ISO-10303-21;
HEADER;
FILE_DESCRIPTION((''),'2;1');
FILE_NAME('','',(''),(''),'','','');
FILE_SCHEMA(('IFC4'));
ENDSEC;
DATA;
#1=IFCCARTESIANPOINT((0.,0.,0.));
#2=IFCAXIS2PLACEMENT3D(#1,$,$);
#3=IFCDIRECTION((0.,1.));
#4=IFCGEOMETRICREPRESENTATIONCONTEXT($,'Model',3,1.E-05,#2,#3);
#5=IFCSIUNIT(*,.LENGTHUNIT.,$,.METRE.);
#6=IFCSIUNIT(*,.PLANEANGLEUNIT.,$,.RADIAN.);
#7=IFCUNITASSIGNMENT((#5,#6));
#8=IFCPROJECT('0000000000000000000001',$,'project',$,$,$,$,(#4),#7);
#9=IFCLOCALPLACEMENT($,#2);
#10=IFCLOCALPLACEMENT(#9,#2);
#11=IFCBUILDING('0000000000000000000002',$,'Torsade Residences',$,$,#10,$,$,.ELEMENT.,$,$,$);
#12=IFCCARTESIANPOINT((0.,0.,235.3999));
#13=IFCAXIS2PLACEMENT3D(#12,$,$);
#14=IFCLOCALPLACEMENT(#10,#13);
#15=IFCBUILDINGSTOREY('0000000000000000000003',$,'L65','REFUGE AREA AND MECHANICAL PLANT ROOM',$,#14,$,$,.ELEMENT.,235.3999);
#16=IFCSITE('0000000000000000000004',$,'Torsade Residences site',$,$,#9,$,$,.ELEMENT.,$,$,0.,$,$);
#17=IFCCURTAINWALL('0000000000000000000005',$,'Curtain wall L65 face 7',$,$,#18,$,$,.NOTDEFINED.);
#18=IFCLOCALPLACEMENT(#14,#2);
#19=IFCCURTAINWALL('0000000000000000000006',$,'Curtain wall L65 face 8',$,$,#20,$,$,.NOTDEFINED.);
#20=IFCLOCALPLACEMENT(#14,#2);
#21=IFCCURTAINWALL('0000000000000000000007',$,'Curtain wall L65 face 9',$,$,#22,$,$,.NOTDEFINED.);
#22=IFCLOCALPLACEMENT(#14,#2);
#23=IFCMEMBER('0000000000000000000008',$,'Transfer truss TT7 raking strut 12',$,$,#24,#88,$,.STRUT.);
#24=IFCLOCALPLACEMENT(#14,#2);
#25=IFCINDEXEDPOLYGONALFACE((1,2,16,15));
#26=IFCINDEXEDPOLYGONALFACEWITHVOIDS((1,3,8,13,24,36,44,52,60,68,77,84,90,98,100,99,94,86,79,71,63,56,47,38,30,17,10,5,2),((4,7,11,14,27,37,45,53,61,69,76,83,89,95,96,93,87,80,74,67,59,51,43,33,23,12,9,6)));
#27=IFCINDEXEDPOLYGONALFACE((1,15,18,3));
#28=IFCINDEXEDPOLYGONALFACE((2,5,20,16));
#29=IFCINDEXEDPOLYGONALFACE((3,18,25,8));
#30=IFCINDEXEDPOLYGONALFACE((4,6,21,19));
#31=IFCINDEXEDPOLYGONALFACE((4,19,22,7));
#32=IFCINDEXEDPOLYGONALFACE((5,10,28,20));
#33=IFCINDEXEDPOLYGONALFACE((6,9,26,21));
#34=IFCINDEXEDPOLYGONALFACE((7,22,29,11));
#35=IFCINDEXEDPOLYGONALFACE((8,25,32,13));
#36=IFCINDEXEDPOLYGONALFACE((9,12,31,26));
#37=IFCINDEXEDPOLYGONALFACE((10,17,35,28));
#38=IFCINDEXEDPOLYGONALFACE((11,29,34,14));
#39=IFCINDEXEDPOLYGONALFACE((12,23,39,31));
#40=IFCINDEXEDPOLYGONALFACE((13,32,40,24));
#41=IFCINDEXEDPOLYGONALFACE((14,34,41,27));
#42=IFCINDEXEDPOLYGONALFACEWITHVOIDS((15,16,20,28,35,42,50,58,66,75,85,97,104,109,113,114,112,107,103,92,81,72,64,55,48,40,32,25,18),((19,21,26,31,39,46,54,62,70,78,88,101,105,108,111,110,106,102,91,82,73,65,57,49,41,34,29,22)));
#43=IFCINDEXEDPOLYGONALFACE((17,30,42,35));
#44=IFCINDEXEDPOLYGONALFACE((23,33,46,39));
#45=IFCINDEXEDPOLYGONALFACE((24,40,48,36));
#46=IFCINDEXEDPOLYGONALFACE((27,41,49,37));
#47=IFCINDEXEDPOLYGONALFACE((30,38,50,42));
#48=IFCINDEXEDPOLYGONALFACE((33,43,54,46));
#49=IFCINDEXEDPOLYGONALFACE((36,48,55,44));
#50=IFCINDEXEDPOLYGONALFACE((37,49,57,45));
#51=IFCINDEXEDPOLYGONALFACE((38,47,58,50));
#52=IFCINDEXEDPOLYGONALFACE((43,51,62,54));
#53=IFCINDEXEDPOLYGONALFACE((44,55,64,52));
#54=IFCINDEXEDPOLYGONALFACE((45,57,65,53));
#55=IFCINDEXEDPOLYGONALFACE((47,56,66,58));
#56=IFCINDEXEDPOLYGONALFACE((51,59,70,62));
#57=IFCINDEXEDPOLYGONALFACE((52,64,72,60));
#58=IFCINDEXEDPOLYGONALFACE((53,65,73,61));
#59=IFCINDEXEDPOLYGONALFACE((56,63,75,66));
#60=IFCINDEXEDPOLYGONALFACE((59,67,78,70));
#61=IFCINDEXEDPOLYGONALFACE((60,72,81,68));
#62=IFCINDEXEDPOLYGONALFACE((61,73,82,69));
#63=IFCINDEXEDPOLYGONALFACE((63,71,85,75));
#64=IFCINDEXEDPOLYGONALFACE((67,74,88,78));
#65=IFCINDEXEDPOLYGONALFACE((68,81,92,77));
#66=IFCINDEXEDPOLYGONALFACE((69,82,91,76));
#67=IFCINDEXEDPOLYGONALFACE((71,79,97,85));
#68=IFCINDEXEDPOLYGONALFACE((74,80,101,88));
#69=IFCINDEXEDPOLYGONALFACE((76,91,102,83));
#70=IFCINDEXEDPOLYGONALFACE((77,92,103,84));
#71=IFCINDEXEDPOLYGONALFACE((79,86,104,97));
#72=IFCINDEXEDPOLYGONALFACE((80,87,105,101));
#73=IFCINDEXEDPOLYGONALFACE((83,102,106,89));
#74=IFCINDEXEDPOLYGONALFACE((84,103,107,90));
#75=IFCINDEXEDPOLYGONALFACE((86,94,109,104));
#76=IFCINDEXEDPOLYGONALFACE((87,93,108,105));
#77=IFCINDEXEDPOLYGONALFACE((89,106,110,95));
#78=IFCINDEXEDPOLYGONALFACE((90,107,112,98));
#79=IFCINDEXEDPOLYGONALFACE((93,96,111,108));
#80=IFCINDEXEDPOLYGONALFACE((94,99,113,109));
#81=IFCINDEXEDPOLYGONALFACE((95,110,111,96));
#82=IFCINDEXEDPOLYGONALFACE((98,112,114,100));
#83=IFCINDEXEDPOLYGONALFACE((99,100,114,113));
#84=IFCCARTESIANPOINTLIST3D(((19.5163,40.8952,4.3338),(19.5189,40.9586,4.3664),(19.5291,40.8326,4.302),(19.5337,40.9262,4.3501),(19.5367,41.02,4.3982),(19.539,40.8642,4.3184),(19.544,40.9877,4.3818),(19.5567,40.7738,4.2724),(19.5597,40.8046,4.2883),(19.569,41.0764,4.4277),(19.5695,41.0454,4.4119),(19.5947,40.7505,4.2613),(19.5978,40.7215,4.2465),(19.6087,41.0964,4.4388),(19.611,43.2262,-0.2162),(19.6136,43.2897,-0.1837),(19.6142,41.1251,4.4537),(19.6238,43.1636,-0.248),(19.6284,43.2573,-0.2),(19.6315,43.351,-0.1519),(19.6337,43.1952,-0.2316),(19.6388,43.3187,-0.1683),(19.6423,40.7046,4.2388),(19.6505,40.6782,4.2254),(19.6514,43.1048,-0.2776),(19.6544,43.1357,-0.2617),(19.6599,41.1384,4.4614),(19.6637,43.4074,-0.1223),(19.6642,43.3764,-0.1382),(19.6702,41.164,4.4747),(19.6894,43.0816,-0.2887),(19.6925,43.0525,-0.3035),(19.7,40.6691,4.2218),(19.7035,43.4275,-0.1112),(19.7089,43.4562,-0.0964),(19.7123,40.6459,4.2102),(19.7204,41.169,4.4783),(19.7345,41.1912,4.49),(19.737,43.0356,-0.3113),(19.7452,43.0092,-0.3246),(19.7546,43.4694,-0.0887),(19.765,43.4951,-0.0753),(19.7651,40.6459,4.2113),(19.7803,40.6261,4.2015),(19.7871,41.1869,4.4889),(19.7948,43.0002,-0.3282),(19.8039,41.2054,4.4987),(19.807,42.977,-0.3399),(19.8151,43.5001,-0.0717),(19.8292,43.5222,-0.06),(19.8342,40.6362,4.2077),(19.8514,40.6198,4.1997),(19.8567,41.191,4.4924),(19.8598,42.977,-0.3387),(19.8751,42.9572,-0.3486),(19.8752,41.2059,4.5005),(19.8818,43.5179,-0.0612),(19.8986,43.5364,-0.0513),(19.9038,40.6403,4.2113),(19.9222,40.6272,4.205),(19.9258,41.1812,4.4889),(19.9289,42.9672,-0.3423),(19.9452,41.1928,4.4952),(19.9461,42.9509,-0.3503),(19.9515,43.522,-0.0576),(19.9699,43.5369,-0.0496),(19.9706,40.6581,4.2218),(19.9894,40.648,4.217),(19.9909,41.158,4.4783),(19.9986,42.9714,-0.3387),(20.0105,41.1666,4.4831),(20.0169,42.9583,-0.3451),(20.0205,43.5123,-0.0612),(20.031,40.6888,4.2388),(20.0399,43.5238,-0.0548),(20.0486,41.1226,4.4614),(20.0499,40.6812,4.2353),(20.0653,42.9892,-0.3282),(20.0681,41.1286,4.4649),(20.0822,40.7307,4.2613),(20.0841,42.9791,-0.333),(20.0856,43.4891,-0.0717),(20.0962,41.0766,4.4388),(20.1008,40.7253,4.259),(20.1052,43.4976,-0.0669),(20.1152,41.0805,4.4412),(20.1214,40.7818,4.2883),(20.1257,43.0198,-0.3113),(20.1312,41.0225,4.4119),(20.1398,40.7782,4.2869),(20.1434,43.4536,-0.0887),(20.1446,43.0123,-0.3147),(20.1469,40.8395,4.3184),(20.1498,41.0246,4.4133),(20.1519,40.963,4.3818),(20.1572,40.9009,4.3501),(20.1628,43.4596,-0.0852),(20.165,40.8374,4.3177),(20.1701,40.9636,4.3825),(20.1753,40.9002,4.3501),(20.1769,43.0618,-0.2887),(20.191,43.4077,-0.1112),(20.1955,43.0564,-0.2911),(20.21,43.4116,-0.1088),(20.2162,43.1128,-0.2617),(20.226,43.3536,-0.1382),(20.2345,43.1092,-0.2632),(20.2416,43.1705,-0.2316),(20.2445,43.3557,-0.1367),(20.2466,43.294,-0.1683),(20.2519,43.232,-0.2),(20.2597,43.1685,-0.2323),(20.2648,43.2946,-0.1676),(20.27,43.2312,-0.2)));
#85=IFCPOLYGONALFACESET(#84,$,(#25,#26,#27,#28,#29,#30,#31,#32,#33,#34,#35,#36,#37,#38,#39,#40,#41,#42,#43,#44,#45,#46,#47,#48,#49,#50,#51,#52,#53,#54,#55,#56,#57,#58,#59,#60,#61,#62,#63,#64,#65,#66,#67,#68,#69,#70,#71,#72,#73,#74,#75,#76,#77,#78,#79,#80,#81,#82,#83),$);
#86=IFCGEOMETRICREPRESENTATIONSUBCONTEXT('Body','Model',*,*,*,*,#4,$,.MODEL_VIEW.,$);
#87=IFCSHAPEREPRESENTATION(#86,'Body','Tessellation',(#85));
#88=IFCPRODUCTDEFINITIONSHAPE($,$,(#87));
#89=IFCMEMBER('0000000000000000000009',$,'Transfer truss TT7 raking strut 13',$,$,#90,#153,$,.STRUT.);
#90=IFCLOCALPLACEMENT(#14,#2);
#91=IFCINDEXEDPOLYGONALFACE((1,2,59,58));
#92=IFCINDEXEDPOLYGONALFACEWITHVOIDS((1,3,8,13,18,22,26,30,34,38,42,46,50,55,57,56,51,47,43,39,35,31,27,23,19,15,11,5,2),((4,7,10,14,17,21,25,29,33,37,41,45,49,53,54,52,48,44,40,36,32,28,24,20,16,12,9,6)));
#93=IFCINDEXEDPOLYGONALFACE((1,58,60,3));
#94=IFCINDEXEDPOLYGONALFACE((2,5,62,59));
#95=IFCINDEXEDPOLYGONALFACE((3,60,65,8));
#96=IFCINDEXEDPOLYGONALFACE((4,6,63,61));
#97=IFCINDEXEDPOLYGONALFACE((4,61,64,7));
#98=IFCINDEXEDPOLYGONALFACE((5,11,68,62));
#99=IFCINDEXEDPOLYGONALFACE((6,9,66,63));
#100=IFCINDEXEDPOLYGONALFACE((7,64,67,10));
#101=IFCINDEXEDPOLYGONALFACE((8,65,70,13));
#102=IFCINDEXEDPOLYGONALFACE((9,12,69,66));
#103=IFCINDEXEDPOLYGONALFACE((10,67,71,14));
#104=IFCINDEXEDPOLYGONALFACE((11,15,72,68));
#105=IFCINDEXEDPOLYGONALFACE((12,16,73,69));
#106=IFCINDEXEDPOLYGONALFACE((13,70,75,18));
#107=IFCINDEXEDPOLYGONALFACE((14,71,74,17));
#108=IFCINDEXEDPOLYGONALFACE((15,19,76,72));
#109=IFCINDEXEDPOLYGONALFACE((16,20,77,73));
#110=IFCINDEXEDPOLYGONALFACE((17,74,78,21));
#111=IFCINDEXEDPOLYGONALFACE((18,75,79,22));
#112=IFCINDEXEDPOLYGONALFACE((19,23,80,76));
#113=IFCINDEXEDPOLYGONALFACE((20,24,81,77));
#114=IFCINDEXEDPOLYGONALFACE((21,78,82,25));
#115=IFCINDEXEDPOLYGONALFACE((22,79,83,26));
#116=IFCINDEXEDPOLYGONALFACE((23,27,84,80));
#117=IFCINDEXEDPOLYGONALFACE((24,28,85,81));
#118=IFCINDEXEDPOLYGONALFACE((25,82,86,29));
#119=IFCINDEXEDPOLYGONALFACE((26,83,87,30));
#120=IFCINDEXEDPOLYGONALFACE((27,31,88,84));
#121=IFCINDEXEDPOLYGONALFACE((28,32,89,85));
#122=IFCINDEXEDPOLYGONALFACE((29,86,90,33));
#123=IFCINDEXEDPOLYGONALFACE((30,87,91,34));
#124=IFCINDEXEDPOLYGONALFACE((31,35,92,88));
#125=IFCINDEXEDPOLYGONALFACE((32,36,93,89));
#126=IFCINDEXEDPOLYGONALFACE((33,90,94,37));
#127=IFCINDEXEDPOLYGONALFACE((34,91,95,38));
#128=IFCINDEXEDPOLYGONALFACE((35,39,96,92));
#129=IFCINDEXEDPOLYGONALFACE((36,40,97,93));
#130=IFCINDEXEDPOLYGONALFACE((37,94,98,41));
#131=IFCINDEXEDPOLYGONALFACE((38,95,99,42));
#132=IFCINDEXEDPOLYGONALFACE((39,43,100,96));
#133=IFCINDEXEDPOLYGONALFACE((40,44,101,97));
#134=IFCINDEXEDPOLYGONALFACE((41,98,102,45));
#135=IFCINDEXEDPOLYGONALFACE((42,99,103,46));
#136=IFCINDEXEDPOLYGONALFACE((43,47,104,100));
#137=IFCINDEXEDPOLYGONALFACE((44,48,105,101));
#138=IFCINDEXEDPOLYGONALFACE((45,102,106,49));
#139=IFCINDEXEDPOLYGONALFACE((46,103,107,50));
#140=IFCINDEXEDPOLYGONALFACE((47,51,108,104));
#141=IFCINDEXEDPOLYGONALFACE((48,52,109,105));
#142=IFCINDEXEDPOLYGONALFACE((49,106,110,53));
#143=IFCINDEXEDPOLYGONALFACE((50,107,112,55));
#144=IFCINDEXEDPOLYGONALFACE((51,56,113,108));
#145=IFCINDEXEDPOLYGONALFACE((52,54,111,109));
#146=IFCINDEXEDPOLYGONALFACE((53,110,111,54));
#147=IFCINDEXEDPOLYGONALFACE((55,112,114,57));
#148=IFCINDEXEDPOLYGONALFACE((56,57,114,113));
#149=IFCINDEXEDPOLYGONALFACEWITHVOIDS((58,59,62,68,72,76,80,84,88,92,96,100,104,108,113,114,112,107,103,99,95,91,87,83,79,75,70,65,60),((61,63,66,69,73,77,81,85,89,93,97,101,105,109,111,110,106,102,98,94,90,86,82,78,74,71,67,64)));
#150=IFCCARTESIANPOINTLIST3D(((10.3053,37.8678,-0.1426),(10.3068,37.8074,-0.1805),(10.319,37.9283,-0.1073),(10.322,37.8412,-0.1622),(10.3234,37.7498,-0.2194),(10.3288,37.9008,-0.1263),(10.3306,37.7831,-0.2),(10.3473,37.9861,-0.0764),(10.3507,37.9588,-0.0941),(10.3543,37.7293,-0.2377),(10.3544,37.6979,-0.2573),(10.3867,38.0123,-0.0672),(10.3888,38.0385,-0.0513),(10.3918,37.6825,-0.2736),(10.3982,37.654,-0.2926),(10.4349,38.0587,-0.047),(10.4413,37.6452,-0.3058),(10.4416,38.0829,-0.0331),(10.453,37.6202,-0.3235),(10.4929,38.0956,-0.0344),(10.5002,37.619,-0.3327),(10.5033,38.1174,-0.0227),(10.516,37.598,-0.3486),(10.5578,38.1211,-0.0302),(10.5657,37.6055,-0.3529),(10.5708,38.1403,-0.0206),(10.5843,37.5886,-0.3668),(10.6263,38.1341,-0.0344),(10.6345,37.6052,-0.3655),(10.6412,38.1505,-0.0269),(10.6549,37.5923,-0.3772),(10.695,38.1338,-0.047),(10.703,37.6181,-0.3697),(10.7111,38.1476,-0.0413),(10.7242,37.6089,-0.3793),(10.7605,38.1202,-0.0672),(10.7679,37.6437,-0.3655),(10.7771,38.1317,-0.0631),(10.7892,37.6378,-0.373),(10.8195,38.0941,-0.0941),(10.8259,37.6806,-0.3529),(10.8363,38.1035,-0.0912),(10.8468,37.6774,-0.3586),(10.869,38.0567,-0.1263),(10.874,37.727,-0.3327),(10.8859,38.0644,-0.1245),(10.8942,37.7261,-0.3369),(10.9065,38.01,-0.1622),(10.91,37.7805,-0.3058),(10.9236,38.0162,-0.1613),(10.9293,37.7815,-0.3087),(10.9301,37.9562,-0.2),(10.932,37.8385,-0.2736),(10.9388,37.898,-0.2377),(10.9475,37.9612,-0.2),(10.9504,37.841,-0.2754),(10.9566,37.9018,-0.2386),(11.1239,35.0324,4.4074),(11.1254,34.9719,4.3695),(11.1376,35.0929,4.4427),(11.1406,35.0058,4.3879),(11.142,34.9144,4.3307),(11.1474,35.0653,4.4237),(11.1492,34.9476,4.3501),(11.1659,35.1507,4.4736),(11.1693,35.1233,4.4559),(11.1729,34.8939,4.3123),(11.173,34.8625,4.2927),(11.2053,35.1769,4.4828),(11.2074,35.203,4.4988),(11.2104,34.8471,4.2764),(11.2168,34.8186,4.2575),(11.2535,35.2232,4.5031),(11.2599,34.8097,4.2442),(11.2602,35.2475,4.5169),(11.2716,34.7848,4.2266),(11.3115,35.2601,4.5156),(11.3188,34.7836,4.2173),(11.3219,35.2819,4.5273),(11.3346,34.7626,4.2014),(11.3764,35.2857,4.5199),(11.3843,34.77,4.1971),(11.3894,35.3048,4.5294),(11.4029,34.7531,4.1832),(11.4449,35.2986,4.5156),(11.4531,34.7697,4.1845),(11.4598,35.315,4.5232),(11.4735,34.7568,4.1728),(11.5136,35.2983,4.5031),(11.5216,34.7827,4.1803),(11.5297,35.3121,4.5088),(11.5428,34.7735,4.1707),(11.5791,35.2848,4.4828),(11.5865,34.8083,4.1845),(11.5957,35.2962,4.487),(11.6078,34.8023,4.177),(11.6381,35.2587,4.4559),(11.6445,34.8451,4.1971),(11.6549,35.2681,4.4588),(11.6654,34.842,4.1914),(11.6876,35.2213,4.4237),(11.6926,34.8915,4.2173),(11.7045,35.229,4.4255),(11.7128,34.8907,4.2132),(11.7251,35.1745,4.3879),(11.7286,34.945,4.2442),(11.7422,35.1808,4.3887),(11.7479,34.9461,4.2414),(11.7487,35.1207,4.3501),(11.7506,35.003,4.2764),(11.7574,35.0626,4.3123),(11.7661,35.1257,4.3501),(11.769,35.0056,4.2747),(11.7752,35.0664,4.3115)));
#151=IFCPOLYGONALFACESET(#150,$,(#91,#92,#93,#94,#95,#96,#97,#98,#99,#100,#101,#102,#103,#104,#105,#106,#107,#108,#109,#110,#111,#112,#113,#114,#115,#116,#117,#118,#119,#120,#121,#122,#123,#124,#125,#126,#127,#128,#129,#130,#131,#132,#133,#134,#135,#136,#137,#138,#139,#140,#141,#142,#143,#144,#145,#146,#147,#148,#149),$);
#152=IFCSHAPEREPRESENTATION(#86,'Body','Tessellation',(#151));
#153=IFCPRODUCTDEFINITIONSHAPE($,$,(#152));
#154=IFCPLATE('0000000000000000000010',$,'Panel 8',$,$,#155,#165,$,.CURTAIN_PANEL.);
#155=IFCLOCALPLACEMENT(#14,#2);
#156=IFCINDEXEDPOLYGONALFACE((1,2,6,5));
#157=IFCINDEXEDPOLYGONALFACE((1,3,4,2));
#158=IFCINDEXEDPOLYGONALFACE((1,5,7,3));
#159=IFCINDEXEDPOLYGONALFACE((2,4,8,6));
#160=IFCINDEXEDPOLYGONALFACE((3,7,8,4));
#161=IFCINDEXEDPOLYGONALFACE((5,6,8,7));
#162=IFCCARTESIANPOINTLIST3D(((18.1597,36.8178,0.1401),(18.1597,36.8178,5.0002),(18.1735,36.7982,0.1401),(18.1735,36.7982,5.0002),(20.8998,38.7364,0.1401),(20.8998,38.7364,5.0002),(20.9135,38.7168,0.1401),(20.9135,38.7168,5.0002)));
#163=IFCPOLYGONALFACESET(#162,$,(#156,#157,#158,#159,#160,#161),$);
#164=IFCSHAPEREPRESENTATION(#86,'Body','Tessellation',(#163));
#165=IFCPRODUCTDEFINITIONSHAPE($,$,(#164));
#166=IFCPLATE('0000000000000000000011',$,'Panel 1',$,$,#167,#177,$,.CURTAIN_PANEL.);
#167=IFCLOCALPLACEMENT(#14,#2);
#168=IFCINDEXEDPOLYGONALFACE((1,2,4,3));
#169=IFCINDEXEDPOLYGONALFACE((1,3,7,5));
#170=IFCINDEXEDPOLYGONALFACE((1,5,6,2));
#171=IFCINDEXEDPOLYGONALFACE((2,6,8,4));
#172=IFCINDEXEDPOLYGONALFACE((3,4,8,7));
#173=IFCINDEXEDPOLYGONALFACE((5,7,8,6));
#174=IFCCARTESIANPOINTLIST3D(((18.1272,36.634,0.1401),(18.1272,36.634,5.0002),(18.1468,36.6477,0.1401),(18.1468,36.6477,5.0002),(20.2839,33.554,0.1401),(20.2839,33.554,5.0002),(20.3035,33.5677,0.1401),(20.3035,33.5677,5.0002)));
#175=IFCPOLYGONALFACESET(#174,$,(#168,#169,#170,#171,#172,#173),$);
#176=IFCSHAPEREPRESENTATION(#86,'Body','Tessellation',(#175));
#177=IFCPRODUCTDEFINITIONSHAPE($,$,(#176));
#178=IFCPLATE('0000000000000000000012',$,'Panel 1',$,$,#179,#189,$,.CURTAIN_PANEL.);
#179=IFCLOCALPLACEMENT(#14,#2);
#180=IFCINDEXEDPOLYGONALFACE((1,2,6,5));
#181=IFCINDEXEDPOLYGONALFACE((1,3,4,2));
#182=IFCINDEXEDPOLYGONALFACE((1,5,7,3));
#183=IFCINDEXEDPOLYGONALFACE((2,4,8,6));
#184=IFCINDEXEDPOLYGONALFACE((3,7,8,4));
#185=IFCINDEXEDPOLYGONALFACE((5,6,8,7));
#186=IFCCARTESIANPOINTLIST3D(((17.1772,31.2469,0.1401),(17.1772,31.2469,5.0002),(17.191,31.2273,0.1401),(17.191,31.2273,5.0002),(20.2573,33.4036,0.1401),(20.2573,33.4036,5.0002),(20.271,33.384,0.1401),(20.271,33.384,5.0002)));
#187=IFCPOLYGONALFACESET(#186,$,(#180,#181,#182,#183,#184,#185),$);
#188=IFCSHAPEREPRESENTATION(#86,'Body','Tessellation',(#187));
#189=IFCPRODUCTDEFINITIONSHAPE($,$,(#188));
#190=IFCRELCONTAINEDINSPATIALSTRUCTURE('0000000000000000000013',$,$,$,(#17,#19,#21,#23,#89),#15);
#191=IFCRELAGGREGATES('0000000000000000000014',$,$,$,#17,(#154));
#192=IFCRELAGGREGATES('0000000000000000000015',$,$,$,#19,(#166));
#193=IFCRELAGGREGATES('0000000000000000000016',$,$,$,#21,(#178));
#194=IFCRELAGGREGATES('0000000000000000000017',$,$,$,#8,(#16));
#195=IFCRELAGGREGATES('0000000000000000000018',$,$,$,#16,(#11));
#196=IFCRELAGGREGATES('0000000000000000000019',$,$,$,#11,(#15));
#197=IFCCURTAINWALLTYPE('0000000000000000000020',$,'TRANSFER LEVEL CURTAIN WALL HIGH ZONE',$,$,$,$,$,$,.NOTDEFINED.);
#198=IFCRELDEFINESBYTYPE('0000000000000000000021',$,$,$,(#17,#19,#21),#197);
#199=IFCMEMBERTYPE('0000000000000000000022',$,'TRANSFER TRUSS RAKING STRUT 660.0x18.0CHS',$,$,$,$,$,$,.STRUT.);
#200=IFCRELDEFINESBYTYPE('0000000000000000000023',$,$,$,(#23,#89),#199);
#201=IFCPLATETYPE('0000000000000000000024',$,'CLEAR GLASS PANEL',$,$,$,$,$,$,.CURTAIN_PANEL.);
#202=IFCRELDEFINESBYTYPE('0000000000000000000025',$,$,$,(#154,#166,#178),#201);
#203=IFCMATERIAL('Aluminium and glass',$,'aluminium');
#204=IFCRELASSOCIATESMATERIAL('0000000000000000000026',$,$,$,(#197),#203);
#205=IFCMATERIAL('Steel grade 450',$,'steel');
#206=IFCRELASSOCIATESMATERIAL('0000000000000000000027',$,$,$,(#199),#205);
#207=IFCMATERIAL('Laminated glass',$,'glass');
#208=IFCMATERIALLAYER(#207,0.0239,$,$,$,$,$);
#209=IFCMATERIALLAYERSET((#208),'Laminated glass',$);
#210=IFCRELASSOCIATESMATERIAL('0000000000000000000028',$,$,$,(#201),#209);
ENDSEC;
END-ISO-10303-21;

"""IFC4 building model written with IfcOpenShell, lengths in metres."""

from ifc_helpers import new_model, si_unit, direction, frame, origin, origin_2d, place, context, subcontext, project, spatial, rectangle, hollow_circle, extrude, material, layer, layer_set, material_profile, profile_set, type_object, element, aggregate, save


model = new_model("IFC4")

# Units and contexts
model_context = context("Model", 3, precision=1e-05, world=origin(), true_north=direction((0.0, 1.0)))
body_context = subcontext(model_context, "Body", "Model", "MODEL_VIEW")
ifc_project = project(units=[si_unit("LENGTHUNIT", "METRE"), si_unit("PLANEANGLEUNIT", "RADIAN")], contexts=[model_context])

# Site, building, storey
site_placement = place(None, origin())
site = spatial("IfcSite", under=ifc_project, at=site_placement, Name="Torsade Residences site", CompositionType="ELEMENT", RefElevation=0.0)
building_placement = place(site_placement, origin())
building = spatial("IfcBuilding", under=site, at=building_placement, Name="Torsade Residences", CompositionType="ELEMENT")
storey_placement = place(building_placement, frame((0.0, 0.0, 235.3999)))
storey = spatial("IfcBuildingStorey", under=building, at=storey_placement, Name="L65", Description="REFUGE AREA AND MECHANICAL PLANT ROOM", CompositionType="ELEMENT", Elevation=235.3999)

# Curtain walls
ifc_material_1 = material(Name="Aluminium and glass", Category="aluminium")
curtain_wall_type = type_object("IfcCurtainWallType", Name="TRANSFER LEVEL CURTAIN WALL HIGH ZONE", PredefinedType="NOTDEFINED", material=ifc_material_1)
curtain_wall_1_placement = place(storey_placement, origin())
curtain_wall_1 = element("IfcCurtainWall", 1, at=curtain_wall_1_placement, inside=storey, type_object=curtain_wall_type, Name="Curtain wall L65 face 7", PredefinedType="NOTDEFINED")
curtain_wall_2_placement = place(storey_placement, origin())
curtain_wall_2 = element("IfcCurtainWall", 2, at=curtain_wall_2_placement, inside=storey, type_object=curtain_wall_type, Name="Curtain wall L65 face 8", PredefinedType="NOTDEFINED")
curtain_wall_3_placement = place(storey_placement, origin())
curtain_wall_3 = element("IfcCurtainWall", 3, at=curtain_wall_3_placement, inside=storey, type_object=curtain_wall_type, Name="Curtain wall L65 face 9", PredefinedType="NOTDEFINED")

# Members
ifc_material_2 = material(Name="Steel grade 450", Category="steel")
ifc_material_profile_1 = material_profile(ifc_material_2, hollow_circle(Radius=0.3301, WallThickness=0.0181, at=origin_2d()), Name="660.0x18.0CHS")
ifc_profile_set_1 = profile_set([ifc_material_profile_1], Name="Steel grade 450")
member_type_1 = type_object("IfcMemberType", Name="TRANSFER TRUSS RAKING STRUT 660.0x18.0CHS", PredefinedType="STRUT", material=ifc_profile_set_1)
member_1_placement = place(storey_placement, frame((19.9402, 43.2446, -0.2), z_axis=(-0.018526, -0.455882, 0.889848), x_axis=(0.999175, -0.040603, 0.0)))
element("IfcMember", 4, at=member_1_placement, inside=storey, type_object=member_type_1, Name="Transfer truss TT7 raking strut 12", PredefinedType="STRUT", context=body_context, shape_type="SweptSolid", body=[
    extrude(hollow_circle(Radius=0.3301, WallThickness=0.0181, at=origin_2d()), origin(), (0.0, 0.0, 1.0), 5.1133),
])
member_2_placement = place(storey_placement, frame((10.6304, 37.8696, -0.2), z_axis=(0.15094, -0.522822, 0.838972), x_axis=(0.960762, 0.277375, 0.0)))
element("IfcMember", 5, at=member_2_placement, inside=storey, type_object=member_type_1, Name="Transfer truss TT7 raking strut 13", PredefinedType="STRUT", context=body_context, shape_type="SweptSolid", body=[
    extrude(hollow_circle(Radius=0.3301, WallThickness=0.0181, at=origin_2d()), origin(), (0.0, 0.0, 1.0), 5.4233),
])

# Plates
ifc_material_3 = material(Name="Laminated glass", Category="glass")
ifc_layer = layer(ifc_material_3, 0.0239)
ifc_layer_set = layer_set([ifc_layer], Name="Laminated glass")
plate_type = type_object("IfcPlateType", Name="CLEAR GLASS PANEL", PredefinedType="CURTAIN_PANEL", material=ifc_layer_set)
plate_1_placement = place(storey_placement, frame((19.5366, 37.7673, 0.1401), z_axis=(0.0, 0.0, 1.0), x_axis=(-0.819152, -0.573576, 0.0)))
plate_1 = element("IfcPlate", 6, at=plate_1_placement, type_object=plate_type, Name="Panel 8", PredefinedType="CURTAIN_PANEL", context=body_context, shape_type="SweptSolid", body=[
    extrude(rectangle(XDim=3.345, YDim=0.0239, at=origin_2d()), origin(), (0.0, 0.0, 1.0), 4.8601),
])
aggregate(curtain_wall_1, [plate_1])
plate_2_placement = place(storey_placement, frame((19.2153, 35.1008, 0.1401), z_axis=(0.0, 0.0, 1.0), x_axis=(0.573576, -0.819152, 0.0)))
plate_2 = element("IfcPlate", 7, at=plate_2_placement, type_object=plate_type, Name="Panel 1", PredefinedType="CURTAIN_PANEL", context=body_context, shape_type="SweptSolid", body=[
    extrude(rectangle(XDim=3.76, YDim=0.0239, at=origin_2d()), origin(), (0.0, 0.0, 1.0), 4.8601),
])
aggregate(curtain_wall_2, [plate_2])
plate_3_placement = place(storey_placement, frame((18.7241, 32.3154, 0.1401), z_axis=(0.0, 0.0, 1.0), x_axis=(-0.819152, -0.573576, 0.0)))
plate_3 = element("IfcPlate", 8, at=plate_3_placement, type_object=plate_type, Name="Panel 1", PredefinedType="CURTAIN_PANEL", context=body_context, shape_type="SweptSolid", body=[
    extrude(rectangle(XDim=3.76, YDim=0.0239, at=origin_2d()), origin(), (0.0, 0.0, 1.0), 4.8601),
])
aggregate(curtain_wall_3, [plate_3])

save(model, "model.ifc")
